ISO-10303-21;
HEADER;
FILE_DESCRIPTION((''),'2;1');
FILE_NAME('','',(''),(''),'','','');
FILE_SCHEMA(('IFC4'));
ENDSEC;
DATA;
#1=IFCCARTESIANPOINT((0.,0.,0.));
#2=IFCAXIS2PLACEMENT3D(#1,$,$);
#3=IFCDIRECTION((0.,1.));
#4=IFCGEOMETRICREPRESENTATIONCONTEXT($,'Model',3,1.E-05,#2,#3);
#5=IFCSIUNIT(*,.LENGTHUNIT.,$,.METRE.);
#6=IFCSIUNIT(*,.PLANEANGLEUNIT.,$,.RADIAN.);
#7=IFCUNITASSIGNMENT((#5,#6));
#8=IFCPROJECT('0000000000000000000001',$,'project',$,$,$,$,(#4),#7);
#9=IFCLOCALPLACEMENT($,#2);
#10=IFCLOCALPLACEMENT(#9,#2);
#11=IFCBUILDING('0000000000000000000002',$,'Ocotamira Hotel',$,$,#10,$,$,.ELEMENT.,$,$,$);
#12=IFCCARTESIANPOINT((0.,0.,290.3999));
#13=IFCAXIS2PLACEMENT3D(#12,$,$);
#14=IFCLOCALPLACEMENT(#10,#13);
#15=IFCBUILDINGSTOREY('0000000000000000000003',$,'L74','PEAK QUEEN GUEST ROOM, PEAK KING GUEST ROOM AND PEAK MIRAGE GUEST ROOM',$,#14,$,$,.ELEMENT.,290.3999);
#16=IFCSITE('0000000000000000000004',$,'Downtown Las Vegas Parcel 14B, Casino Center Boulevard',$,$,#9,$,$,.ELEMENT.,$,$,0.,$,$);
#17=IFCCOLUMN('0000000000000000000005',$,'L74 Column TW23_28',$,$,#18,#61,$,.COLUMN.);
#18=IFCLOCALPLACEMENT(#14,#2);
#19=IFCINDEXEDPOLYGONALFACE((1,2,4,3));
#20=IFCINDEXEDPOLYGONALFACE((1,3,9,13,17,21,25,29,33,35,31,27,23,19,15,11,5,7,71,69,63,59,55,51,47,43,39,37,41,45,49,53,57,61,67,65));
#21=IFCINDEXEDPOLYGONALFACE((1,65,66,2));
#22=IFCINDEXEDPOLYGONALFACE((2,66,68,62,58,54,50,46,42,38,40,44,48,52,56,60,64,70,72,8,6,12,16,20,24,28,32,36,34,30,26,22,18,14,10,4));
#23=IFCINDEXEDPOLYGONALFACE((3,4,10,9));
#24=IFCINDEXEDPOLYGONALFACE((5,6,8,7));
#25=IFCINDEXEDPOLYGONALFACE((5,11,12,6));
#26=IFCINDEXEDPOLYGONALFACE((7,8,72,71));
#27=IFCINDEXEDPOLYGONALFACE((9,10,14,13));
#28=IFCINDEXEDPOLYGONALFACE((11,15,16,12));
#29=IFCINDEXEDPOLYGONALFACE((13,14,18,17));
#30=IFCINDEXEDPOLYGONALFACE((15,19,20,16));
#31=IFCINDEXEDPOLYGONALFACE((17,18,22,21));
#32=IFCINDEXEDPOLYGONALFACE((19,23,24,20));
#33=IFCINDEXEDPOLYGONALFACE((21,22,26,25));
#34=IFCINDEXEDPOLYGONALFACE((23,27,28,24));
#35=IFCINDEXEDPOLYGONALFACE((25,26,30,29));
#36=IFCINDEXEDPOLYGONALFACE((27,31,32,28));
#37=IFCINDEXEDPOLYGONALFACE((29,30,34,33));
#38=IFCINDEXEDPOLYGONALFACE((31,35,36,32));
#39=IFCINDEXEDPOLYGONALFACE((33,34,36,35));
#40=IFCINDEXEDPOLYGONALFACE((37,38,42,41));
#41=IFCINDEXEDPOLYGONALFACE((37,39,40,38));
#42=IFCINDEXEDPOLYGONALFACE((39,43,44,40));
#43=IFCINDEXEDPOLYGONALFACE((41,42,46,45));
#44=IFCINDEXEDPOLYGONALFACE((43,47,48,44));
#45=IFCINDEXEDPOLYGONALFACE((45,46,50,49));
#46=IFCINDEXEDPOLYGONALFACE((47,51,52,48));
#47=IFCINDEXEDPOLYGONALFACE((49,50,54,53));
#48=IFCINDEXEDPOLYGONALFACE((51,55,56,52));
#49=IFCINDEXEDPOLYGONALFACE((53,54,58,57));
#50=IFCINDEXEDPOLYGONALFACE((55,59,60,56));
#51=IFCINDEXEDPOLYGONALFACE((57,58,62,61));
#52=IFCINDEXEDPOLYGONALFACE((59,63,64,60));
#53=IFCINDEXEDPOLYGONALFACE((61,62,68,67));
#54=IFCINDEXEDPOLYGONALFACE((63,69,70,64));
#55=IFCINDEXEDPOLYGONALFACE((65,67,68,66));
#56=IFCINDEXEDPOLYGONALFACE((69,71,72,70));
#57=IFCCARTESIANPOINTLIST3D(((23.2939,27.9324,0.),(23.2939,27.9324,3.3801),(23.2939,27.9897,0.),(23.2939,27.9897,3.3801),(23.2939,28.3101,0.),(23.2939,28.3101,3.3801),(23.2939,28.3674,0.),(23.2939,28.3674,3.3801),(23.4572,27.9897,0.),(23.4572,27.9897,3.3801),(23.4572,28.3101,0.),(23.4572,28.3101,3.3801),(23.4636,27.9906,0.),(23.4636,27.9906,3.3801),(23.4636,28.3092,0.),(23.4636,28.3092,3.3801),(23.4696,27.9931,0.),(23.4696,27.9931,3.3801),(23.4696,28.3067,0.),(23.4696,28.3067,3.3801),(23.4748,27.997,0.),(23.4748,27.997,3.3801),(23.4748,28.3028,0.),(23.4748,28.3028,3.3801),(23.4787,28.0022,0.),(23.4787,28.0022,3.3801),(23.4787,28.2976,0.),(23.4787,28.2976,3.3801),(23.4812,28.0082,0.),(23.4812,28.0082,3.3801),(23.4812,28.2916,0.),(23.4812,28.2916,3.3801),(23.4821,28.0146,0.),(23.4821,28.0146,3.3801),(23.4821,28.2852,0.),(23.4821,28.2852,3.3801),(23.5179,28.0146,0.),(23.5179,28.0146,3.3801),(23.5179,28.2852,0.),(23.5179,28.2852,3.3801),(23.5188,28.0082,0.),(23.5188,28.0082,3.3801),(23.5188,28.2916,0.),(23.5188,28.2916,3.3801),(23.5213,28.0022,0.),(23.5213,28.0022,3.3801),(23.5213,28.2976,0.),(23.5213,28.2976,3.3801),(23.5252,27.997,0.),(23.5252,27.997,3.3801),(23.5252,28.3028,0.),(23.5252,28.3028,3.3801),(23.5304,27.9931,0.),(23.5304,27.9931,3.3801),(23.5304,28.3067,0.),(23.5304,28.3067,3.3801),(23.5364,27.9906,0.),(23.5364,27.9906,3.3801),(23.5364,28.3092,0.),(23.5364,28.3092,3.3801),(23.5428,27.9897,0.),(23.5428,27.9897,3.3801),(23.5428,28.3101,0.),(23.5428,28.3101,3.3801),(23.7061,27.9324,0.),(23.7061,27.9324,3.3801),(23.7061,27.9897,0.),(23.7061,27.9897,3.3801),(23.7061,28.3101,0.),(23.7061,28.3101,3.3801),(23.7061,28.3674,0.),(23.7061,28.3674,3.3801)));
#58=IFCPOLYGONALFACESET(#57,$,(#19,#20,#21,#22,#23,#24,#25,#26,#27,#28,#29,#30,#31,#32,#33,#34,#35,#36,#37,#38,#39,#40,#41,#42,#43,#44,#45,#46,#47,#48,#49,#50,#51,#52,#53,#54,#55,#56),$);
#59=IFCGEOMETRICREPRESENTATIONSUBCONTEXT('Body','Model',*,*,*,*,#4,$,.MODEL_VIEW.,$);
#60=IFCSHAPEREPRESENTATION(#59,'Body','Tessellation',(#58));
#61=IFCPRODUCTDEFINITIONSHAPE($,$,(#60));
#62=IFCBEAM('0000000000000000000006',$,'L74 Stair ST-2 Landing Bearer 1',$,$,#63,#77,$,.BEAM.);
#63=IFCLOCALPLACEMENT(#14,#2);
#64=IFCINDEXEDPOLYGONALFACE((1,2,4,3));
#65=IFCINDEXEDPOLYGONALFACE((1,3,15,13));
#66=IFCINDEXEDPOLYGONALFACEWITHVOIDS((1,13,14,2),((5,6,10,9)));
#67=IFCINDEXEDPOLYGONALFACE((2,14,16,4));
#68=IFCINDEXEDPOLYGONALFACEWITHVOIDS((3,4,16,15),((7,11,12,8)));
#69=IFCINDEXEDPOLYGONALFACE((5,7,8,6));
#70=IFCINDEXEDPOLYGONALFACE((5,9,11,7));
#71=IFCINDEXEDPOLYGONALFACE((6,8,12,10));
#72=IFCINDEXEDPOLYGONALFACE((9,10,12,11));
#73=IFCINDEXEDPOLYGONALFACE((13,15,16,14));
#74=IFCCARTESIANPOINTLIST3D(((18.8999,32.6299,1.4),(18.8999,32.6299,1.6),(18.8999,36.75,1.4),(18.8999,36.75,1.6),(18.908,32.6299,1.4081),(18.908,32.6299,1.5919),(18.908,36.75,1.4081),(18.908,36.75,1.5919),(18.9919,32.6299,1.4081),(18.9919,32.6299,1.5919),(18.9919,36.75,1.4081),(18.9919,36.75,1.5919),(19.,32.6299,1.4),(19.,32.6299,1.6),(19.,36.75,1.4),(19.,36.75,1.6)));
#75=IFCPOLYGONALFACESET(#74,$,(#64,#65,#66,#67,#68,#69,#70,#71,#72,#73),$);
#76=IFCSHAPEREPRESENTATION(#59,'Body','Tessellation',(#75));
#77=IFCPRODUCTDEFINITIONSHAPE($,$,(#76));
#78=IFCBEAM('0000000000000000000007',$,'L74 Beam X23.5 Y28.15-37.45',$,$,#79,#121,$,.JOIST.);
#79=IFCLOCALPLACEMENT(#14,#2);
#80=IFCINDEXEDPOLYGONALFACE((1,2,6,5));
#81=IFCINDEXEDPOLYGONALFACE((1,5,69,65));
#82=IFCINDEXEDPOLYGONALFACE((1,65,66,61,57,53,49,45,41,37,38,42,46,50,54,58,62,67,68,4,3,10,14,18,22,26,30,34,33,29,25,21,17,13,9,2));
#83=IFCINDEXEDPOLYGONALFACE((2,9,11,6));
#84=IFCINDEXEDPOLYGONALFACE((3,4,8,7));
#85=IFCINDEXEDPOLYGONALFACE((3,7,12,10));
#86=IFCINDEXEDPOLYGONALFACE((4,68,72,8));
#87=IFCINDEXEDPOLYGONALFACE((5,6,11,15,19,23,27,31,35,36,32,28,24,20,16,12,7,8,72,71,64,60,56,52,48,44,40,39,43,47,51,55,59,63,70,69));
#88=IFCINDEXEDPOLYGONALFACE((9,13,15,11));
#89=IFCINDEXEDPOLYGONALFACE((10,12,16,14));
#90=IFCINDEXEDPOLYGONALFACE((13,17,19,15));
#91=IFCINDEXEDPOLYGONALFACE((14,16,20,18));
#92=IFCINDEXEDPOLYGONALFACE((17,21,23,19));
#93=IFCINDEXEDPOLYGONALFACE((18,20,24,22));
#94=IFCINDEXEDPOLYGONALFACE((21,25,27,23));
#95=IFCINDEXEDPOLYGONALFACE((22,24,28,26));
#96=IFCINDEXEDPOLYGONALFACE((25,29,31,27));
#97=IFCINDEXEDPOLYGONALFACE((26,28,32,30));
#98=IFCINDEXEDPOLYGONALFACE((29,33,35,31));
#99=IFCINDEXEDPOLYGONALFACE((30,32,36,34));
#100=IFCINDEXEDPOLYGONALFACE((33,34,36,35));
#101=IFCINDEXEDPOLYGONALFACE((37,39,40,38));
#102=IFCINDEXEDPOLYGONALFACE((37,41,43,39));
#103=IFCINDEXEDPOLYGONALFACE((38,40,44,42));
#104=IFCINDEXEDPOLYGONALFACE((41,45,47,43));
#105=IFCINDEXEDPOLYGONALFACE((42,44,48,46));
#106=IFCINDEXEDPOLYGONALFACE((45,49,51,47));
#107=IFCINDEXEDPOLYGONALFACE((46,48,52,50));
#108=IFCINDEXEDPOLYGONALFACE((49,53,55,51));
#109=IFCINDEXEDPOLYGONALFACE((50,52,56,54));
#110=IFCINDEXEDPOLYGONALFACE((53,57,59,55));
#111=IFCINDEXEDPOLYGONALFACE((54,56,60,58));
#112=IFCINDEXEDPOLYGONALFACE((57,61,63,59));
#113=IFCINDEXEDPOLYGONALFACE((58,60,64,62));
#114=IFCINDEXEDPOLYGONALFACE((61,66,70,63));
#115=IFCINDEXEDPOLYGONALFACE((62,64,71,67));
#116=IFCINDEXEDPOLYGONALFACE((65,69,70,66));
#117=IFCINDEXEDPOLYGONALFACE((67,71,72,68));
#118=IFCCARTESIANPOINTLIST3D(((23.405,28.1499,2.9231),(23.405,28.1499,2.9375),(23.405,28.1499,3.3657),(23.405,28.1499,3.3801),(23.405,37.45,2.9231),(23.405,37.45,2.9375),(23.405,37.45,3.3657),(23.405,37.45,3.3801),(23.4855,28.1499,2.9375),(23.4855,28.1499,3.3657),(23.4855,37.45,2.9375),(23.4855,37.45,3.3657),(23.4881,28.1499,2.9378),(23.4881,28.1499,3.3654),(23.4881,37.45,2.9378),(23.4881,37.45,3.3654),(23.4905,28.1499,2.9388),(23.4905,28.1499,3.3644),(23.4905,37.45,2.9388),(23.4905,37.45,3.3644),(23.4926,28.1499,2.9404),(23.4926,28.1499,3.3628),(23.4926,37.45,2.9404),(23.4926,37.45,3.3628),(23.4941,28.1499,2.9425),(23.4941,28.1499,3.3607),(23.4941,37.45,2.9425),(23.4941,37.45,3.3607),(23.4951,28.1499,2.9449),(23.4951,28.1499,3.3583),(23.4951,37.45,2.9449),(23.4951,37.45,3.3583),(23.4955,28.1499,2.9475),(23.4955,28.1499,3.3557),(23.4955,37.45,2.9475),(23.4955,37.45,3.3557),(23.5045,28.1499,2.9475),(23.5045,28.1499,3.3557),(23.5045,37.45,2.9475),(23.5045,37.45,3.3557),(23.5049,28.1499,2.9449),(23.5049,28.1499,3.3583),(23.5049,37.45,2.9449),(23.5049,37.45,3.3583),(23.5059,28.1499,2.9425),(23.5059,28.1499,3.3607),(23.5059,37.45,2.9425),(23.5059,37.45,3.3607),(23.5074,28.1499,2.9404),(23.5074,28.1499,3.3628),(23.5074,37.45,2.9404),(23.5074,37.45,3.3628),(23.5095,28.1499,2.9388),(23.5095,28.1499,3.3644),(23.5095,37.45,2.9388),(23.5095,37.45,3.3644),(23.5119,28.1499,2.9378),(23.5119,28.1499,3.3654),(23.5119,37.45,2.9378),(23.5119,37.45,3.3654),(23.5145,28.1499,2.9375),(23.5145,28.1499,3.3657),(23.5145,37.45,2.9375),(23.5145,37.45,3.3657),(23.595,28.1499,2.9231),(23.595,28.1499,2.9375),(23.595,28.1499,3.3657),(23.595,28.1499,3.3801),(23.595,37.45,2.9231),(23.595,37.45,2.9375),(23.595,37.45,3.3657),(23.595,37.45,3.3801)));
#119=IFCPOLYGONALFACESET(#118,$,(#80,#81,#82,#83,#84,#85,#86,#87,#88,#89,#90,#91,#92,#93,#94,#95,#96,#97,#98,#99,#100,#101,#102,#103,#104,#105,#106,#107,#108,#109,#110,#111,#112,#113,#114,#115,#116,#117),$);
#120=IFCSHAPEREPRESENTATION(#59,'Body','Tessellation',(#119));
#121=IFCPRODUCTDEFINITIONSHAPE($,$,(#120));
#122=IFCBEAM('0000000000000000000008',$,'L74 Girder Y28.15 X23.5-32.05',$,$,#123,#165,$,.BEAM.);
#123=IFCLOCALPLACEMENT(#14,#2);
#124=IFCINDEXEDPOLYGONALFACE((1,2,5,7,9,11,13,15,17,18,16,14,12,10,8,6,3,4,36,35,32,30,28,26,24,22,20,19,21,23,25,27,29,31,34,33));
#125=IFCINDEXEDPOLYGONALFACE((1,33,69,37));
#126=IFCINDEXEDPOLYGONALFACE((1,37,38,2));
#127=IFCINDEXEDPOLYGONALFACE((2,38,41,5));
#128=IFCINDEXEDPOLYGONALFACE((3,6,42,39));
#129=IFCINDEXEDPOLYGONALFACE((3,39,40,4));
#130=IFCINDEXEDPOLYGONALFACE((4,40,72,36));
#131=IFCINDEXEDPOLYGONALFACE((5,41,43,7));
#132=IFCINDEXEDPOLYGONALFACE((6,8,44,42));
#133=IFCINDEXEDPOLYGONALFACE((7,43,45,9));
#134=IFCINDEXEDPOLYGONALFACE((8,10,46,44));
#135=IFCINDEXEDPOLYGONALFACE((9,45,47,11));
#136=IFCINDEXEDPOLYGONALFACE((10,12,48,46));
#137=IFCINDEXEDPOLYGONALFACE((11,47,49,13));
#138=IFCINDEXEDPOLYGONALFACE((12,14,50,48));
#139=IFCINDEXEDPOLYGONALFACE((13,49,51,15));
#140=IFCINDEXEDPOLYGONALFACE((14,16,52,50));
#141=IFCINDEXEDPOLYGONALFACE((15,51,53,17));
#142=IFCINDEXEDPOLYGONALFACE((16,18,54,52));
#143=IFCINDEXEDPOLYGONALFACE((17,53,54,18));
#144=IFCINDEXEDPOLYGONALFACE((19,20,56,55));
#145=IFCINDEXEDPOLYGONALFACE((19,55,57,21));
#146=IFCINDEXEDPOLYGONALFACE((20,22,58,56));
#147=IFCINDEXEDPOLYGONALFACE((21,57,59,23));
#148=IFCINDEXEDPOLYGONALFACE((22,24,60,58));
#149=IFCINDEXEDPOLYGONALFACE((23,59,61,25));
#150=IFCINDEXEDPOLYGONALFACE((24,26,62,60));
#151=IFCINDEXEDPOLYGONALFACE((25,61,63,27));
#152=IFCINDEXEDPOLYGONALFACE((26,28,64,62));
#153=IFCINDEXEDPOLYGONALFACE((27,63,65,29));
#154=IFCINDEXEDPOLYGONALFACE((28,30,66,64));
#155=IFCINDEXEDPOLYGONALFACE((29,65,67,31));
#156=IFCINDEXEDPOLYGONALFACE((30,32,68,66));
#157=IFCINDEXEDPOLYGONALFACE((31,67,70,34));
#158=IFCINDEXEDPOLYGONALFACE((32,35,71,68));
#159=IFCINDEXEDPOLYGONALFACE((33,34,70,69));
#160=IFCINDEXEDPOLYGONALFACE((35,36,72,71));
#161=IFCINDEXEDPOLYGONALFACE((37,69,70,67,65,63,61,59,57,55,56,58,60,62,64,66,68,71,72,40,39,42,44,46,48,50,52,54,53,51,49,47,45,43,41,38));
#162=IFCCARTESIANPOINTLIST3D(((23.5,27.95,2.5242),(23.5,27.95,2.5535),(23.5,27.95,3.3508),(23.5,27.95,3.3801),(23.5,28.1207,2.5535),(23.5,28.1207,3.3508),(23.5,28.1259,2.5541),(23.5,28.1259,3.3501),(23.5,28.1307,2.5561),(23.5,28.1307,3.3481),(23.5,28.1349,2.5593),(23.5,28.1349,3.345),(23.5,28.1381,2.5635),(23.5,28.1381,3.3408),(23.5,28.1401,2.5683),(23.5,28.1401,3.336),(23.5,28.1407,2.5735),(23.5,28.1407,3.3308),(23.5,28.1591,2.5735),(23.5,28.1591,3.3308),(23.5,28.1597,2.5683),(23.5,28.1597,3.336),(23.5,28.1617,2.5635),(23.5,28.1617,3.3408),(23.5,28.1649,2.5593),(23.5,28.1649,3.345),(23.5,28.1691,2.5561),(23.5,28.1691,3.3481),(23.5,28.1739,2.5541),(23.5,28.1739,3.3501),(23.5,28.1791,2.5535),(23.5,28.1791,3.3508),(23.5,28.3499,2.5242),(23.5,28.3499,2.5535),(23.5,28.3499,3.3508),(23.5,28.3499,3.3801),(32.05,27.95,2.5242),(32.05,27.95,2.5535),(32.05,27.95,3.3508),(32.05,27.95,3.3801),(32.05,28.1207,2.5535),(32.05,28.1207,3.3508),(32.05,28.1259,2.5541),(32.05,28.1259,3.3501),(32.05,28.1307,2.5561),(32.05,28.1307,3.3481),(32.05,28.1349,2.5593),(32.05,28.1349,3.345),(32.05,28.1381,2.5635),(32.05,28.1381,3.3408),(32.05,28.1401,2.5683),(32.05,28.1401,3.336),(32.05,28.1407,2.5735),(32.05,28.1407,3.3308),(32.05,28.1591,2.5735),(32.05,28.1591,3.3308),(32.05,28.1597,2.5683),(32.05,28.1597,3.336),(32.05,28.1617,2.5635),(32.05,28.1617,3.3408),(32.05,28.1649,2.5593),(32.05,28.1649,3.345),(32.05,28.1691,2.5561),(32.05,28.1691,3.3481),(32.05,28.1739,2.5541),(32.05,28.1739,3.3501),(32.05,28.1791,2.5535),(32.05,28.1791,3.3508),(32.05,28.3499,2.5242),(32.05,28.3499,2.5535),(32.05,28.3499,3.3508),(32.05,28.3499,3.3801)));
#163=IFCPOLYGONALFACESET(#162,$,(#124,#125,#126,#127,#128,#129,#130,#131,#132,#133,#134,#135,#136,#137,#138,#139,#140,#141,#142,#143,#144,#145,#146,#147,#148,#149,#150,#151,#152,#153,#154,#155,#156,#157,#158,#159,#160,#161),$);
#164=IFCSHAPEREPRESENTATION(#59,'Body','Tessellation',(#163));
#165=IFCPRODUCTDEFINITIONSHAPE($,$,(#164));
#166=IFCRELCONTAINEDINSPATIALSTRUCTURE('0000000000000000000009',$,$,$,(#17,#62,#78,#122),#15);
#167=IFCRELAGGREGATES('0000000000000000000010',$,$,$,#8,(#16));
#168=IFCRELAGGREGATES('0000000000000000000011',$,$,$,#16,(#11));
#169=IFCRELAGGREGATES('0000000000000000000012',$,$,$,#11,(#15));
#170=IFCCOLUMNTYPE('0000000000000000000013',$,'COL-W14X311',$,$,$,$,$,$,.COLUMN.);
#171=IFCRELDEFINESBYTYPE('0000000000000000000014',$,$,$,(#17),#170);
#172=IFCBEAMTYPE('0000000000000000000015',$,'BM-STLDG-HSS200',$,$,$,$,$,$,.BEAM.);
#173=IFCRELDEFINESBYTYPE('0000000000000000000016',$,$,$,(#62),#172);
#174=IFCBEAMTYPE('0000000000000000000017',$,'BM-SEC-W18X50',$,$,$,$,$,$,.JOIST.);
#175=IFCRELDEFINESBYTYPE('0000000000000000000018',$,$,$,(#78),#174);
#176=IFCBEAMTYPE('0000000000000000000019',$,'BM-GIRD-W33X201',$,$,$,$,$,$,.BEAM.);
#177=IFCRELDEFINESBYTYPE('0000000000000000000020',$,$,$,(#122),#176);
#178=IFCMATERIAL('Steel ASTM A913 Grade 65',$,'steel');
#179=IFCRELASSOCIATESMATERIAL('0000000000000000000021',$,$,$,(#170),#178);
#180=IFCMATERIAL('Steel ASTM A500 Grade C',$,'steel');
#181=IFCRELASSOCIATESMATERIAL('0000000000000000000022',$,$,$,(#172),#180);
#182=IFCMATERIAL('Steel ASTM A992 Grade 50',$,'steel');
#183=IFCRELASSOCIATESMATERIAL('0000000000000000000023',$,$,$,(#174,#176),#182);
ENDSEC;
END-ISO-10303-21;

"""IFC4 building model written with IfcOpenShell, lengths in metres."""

from ifc_helpers import new_model, si_unit, direction, frame, origin, origin_2d, place, context, subcontext, project, spatial, hollow_rectangle, i_section, extrude, source, transform, mapped, material, material_profile, profile_set, type_object, element, save


model = new_model("IFC4")

# Units and contexts
model_context = context("Model", 3, precision=1e-05, world=origin(), true_north=direction((0.0, 1.0)))
body_context = subcontext(model_context, "Body", "Model", "MODEL_VIEW")
ifc_project = project(units=[si_unit("LENGTHUNIT", "METRE"), si_unit("PLANEANGLEUNIT", "RADIAN")], contexts=[model_context])

# Site, building, storey
site_placement = place(None, origin())
site = spatial("IfcSite", under=ifc_project, at=site_placement, Name="Downtown Las Vegas Parcel 14B, Casino Center Boulevard", CompositionType="ELEMENT", RefElevation=0.0)
building_placement = place(site_placement, origin())
building = spatial("IfcBuilding", under=site, at=building_placement, Name="Ocotamira Hotel", CompositionType="ELEMENT")
storey_placement = place(building_placement, frame((0.0, 0.0, 290.3999)))
storey = spatial("IfcBuildingStorey", under=building, at=storey_placement, Name="L74", Description="PEAK QUEEN GUEST ROOM, PEAK KING GUEST ROOM AND PEAK MIRAGE GUEST ROOM", CompositionType="ELEMENT", Elevation=290.3999)

# Column
ifc_material_1 = material(Name="Steel ASTM A913 Grade 65", Category="steel")
ifc_material_profile_1 = material_profile(ifc_material_1, i_section(OverallWidth=0.4121, OverallDepth=0.4351, WebThickness=0.0359, FlangeThickness=0.0574, FilletRadius=0.0249, at=origin_2d()), Name="W14X311")
ifc_profile_set_1 = profile_set([ifc_material_profile_1], Name="Steel ASTM A913 Grade 65")
column_type = type_object("IfcColumnType", Name="COL-W14X311", PredefinedType="COLUMN", material=ifc_profile_set_1)
shared_shape_1 = source(origin(), body_context, "Body", "SweptSolid", [
    extrude(i_section(OverallWidth=0.4121, OverallDepth=0.4351, WebThickness=0.0359, FlangeThickness=0.0574, FilletRadius=0.0249, at=origin_2d()), origin(), (0.0, 0.0, 1.0), 3.3801),
])
column_placement = place(storey_placement, frame((23.5, 28.1499, 0.0), z_axis=(0.0, 0.0, 1.0), x_axis=(1.0, 0.0, 0.0)))
element("IfcColumn", 1, at=column_placement, inside=storey, type_object=column_type, Name="L74 Column TW23_28", PredefinedType="COLUMN", context=body_context, shape_type="MappedRepresentation", body=[
    mapped(shared_shape_1, transform((0.0, 0.0, 0.0), scale=1.0)),
])

# Beams
ifc_material_2 = material(Name="Steel ASTM A500 Grade C", Category="steel")
ifc_material_profile_2 = material_profile(ifc_material_2, hollow_rectangle(XDim=0.1001, YDim=0.2, WallThickness=0.0081, at=origin_2d()), Name="HSS200X100X8")
ifc_profile_set_2 = profile_set([ifc_material_profile_2], Name="Steel ASTM A500 Grade C")
beam_type_1 = type_object("IfcBeamType", Name="BM-STLDG-HSS200", PredefinedType="BEAM", material=ifc_profile_set_2)
shared_shape_2 = source(origin(), body_context, "Body", "SweptSolid", [
    extrude(hollow_rectangle(XDim=0.1001, YDim=0.2, WallThickness=0.0081, at=origin_2d()), origin(), (0.0, 0.0, 1.0), 4.1201),
])
beam_1_placement = place(storey_placement, frame((18.95, 32.6299, 1.5), z_axis=(0.0, 1.0, 0.0), x_axis=(-1.0, 0.0, 0.0)))
element("IfcBeam", 2, at=beam_1_placement, inside=storey, type_object=beam_type_1, Name="L74 Stair ST-2 Landing Bearer 1", PredefinedType="BEAM", context=body_context, shape_type="MappedRepresentation", body=[
    mapped(shared_shape_2, transform((0.0, 0.0, 0.0), scale=1.0)),
])
ifc_material_3 = material(Name="Steel ASTM A992 Grade 50", Category="steel")
ifc_material_profile_3 = material_profile(ifc_material_3, i_section(OverallWidth=0.1899, OverallDepth=0.457, WebThickness=0.009, FlangeThickness=0.0144, FilletRadius=0.01, at=origin_2d()), Name="W18X50")
ifc_profile_set_3 = profile_set([ifc_material_profile_3], Name="Steel ASTM A992 Grade 50")
beam_type_2 = type_object("IfcBeamType", Name="BM-SEC-W18X50", PredefinedType="JOIST", material=ifc_profile_set_3)
shared_shape_3 = source(origin(), body_context, "Body", "SweptSolid", [
    extrude(i_section(OverallWidth=0.1899, OverallDepth=0.457, WebThickness=0.009, FlangeThickness=0.0144, FilletRadius=0.01, at=origin_2d()), origin(), (0.0, 0.0, 1.0), 9.3),
])
beam_2_placement = place(storey_placement, frame((23.5, 28.1499, 3.1516), z_axis=(0.0, 1.0, 0.0), x_axis=(-1.0, 0.0, 0.0)))
element("IfcBeam", 3, at=beam_2_placement, inside=storey, type_object=beam_type_2, Name="L74 Beam X23.5 Y28.15-37.45", PredefinedType="JOIST", context=body_context, shape_type="MappedRepresentation", body=[
    mapped(shared_shape_3, transform((0.0, 0.0, 0.0), scale=1.0)),
])
ifc_material_profile_4 = material_profile(ifc_material_3, i_section(OverallWidth=0.3999, OverallDepth=0.856, WebThickness=0.0183, FlangeThickness=0.0293, FilletRadius=0.02, at=origin_2d()), Name="W33X201")
ifc_profile_set_4 = profile_set([ifc_material_profile_4], Name="Steel ASTM A992 Grade 50")
beam_type_3 = type_object("IfcBeamType", Name="BM-GIRD-W33X201", PredefinedType="BEAM", material=ifc_profile_set_4)
shared_shape_4 = source(origin(), body_context, "Body", "SweptSolid", [
    extrude(i_section(OverallWidth=0.3999, OverallDepth=0.856, WebThickness=0.0183, FlangeThickness=0.0293, FilletRadius=0.02, at=origin_2d()), origin(), (0.0, 0.0, 1.0), 8.55),
])
beam_3_placement = place(storey_placement, frame((23.5, 28.1499, 2.9521), z_axis=(1.0, 0.0, 0.0), x_axis=(0.0, 1.0, 0.0)))
element("IfcBeam", 4, at=beam_3_placement, inside=storey, type_object=beam_type_3, Name="L74 Girder Y28.15 X23.5-32.05", PredefinedType="BEAM", context=body_context, shape_type="MappedRepresentation", body=[
    mapped(shared_shape_4, transform((0.0, 0.0, 0.0), scale=1.0)),
])

save(model, "model.ifc")
